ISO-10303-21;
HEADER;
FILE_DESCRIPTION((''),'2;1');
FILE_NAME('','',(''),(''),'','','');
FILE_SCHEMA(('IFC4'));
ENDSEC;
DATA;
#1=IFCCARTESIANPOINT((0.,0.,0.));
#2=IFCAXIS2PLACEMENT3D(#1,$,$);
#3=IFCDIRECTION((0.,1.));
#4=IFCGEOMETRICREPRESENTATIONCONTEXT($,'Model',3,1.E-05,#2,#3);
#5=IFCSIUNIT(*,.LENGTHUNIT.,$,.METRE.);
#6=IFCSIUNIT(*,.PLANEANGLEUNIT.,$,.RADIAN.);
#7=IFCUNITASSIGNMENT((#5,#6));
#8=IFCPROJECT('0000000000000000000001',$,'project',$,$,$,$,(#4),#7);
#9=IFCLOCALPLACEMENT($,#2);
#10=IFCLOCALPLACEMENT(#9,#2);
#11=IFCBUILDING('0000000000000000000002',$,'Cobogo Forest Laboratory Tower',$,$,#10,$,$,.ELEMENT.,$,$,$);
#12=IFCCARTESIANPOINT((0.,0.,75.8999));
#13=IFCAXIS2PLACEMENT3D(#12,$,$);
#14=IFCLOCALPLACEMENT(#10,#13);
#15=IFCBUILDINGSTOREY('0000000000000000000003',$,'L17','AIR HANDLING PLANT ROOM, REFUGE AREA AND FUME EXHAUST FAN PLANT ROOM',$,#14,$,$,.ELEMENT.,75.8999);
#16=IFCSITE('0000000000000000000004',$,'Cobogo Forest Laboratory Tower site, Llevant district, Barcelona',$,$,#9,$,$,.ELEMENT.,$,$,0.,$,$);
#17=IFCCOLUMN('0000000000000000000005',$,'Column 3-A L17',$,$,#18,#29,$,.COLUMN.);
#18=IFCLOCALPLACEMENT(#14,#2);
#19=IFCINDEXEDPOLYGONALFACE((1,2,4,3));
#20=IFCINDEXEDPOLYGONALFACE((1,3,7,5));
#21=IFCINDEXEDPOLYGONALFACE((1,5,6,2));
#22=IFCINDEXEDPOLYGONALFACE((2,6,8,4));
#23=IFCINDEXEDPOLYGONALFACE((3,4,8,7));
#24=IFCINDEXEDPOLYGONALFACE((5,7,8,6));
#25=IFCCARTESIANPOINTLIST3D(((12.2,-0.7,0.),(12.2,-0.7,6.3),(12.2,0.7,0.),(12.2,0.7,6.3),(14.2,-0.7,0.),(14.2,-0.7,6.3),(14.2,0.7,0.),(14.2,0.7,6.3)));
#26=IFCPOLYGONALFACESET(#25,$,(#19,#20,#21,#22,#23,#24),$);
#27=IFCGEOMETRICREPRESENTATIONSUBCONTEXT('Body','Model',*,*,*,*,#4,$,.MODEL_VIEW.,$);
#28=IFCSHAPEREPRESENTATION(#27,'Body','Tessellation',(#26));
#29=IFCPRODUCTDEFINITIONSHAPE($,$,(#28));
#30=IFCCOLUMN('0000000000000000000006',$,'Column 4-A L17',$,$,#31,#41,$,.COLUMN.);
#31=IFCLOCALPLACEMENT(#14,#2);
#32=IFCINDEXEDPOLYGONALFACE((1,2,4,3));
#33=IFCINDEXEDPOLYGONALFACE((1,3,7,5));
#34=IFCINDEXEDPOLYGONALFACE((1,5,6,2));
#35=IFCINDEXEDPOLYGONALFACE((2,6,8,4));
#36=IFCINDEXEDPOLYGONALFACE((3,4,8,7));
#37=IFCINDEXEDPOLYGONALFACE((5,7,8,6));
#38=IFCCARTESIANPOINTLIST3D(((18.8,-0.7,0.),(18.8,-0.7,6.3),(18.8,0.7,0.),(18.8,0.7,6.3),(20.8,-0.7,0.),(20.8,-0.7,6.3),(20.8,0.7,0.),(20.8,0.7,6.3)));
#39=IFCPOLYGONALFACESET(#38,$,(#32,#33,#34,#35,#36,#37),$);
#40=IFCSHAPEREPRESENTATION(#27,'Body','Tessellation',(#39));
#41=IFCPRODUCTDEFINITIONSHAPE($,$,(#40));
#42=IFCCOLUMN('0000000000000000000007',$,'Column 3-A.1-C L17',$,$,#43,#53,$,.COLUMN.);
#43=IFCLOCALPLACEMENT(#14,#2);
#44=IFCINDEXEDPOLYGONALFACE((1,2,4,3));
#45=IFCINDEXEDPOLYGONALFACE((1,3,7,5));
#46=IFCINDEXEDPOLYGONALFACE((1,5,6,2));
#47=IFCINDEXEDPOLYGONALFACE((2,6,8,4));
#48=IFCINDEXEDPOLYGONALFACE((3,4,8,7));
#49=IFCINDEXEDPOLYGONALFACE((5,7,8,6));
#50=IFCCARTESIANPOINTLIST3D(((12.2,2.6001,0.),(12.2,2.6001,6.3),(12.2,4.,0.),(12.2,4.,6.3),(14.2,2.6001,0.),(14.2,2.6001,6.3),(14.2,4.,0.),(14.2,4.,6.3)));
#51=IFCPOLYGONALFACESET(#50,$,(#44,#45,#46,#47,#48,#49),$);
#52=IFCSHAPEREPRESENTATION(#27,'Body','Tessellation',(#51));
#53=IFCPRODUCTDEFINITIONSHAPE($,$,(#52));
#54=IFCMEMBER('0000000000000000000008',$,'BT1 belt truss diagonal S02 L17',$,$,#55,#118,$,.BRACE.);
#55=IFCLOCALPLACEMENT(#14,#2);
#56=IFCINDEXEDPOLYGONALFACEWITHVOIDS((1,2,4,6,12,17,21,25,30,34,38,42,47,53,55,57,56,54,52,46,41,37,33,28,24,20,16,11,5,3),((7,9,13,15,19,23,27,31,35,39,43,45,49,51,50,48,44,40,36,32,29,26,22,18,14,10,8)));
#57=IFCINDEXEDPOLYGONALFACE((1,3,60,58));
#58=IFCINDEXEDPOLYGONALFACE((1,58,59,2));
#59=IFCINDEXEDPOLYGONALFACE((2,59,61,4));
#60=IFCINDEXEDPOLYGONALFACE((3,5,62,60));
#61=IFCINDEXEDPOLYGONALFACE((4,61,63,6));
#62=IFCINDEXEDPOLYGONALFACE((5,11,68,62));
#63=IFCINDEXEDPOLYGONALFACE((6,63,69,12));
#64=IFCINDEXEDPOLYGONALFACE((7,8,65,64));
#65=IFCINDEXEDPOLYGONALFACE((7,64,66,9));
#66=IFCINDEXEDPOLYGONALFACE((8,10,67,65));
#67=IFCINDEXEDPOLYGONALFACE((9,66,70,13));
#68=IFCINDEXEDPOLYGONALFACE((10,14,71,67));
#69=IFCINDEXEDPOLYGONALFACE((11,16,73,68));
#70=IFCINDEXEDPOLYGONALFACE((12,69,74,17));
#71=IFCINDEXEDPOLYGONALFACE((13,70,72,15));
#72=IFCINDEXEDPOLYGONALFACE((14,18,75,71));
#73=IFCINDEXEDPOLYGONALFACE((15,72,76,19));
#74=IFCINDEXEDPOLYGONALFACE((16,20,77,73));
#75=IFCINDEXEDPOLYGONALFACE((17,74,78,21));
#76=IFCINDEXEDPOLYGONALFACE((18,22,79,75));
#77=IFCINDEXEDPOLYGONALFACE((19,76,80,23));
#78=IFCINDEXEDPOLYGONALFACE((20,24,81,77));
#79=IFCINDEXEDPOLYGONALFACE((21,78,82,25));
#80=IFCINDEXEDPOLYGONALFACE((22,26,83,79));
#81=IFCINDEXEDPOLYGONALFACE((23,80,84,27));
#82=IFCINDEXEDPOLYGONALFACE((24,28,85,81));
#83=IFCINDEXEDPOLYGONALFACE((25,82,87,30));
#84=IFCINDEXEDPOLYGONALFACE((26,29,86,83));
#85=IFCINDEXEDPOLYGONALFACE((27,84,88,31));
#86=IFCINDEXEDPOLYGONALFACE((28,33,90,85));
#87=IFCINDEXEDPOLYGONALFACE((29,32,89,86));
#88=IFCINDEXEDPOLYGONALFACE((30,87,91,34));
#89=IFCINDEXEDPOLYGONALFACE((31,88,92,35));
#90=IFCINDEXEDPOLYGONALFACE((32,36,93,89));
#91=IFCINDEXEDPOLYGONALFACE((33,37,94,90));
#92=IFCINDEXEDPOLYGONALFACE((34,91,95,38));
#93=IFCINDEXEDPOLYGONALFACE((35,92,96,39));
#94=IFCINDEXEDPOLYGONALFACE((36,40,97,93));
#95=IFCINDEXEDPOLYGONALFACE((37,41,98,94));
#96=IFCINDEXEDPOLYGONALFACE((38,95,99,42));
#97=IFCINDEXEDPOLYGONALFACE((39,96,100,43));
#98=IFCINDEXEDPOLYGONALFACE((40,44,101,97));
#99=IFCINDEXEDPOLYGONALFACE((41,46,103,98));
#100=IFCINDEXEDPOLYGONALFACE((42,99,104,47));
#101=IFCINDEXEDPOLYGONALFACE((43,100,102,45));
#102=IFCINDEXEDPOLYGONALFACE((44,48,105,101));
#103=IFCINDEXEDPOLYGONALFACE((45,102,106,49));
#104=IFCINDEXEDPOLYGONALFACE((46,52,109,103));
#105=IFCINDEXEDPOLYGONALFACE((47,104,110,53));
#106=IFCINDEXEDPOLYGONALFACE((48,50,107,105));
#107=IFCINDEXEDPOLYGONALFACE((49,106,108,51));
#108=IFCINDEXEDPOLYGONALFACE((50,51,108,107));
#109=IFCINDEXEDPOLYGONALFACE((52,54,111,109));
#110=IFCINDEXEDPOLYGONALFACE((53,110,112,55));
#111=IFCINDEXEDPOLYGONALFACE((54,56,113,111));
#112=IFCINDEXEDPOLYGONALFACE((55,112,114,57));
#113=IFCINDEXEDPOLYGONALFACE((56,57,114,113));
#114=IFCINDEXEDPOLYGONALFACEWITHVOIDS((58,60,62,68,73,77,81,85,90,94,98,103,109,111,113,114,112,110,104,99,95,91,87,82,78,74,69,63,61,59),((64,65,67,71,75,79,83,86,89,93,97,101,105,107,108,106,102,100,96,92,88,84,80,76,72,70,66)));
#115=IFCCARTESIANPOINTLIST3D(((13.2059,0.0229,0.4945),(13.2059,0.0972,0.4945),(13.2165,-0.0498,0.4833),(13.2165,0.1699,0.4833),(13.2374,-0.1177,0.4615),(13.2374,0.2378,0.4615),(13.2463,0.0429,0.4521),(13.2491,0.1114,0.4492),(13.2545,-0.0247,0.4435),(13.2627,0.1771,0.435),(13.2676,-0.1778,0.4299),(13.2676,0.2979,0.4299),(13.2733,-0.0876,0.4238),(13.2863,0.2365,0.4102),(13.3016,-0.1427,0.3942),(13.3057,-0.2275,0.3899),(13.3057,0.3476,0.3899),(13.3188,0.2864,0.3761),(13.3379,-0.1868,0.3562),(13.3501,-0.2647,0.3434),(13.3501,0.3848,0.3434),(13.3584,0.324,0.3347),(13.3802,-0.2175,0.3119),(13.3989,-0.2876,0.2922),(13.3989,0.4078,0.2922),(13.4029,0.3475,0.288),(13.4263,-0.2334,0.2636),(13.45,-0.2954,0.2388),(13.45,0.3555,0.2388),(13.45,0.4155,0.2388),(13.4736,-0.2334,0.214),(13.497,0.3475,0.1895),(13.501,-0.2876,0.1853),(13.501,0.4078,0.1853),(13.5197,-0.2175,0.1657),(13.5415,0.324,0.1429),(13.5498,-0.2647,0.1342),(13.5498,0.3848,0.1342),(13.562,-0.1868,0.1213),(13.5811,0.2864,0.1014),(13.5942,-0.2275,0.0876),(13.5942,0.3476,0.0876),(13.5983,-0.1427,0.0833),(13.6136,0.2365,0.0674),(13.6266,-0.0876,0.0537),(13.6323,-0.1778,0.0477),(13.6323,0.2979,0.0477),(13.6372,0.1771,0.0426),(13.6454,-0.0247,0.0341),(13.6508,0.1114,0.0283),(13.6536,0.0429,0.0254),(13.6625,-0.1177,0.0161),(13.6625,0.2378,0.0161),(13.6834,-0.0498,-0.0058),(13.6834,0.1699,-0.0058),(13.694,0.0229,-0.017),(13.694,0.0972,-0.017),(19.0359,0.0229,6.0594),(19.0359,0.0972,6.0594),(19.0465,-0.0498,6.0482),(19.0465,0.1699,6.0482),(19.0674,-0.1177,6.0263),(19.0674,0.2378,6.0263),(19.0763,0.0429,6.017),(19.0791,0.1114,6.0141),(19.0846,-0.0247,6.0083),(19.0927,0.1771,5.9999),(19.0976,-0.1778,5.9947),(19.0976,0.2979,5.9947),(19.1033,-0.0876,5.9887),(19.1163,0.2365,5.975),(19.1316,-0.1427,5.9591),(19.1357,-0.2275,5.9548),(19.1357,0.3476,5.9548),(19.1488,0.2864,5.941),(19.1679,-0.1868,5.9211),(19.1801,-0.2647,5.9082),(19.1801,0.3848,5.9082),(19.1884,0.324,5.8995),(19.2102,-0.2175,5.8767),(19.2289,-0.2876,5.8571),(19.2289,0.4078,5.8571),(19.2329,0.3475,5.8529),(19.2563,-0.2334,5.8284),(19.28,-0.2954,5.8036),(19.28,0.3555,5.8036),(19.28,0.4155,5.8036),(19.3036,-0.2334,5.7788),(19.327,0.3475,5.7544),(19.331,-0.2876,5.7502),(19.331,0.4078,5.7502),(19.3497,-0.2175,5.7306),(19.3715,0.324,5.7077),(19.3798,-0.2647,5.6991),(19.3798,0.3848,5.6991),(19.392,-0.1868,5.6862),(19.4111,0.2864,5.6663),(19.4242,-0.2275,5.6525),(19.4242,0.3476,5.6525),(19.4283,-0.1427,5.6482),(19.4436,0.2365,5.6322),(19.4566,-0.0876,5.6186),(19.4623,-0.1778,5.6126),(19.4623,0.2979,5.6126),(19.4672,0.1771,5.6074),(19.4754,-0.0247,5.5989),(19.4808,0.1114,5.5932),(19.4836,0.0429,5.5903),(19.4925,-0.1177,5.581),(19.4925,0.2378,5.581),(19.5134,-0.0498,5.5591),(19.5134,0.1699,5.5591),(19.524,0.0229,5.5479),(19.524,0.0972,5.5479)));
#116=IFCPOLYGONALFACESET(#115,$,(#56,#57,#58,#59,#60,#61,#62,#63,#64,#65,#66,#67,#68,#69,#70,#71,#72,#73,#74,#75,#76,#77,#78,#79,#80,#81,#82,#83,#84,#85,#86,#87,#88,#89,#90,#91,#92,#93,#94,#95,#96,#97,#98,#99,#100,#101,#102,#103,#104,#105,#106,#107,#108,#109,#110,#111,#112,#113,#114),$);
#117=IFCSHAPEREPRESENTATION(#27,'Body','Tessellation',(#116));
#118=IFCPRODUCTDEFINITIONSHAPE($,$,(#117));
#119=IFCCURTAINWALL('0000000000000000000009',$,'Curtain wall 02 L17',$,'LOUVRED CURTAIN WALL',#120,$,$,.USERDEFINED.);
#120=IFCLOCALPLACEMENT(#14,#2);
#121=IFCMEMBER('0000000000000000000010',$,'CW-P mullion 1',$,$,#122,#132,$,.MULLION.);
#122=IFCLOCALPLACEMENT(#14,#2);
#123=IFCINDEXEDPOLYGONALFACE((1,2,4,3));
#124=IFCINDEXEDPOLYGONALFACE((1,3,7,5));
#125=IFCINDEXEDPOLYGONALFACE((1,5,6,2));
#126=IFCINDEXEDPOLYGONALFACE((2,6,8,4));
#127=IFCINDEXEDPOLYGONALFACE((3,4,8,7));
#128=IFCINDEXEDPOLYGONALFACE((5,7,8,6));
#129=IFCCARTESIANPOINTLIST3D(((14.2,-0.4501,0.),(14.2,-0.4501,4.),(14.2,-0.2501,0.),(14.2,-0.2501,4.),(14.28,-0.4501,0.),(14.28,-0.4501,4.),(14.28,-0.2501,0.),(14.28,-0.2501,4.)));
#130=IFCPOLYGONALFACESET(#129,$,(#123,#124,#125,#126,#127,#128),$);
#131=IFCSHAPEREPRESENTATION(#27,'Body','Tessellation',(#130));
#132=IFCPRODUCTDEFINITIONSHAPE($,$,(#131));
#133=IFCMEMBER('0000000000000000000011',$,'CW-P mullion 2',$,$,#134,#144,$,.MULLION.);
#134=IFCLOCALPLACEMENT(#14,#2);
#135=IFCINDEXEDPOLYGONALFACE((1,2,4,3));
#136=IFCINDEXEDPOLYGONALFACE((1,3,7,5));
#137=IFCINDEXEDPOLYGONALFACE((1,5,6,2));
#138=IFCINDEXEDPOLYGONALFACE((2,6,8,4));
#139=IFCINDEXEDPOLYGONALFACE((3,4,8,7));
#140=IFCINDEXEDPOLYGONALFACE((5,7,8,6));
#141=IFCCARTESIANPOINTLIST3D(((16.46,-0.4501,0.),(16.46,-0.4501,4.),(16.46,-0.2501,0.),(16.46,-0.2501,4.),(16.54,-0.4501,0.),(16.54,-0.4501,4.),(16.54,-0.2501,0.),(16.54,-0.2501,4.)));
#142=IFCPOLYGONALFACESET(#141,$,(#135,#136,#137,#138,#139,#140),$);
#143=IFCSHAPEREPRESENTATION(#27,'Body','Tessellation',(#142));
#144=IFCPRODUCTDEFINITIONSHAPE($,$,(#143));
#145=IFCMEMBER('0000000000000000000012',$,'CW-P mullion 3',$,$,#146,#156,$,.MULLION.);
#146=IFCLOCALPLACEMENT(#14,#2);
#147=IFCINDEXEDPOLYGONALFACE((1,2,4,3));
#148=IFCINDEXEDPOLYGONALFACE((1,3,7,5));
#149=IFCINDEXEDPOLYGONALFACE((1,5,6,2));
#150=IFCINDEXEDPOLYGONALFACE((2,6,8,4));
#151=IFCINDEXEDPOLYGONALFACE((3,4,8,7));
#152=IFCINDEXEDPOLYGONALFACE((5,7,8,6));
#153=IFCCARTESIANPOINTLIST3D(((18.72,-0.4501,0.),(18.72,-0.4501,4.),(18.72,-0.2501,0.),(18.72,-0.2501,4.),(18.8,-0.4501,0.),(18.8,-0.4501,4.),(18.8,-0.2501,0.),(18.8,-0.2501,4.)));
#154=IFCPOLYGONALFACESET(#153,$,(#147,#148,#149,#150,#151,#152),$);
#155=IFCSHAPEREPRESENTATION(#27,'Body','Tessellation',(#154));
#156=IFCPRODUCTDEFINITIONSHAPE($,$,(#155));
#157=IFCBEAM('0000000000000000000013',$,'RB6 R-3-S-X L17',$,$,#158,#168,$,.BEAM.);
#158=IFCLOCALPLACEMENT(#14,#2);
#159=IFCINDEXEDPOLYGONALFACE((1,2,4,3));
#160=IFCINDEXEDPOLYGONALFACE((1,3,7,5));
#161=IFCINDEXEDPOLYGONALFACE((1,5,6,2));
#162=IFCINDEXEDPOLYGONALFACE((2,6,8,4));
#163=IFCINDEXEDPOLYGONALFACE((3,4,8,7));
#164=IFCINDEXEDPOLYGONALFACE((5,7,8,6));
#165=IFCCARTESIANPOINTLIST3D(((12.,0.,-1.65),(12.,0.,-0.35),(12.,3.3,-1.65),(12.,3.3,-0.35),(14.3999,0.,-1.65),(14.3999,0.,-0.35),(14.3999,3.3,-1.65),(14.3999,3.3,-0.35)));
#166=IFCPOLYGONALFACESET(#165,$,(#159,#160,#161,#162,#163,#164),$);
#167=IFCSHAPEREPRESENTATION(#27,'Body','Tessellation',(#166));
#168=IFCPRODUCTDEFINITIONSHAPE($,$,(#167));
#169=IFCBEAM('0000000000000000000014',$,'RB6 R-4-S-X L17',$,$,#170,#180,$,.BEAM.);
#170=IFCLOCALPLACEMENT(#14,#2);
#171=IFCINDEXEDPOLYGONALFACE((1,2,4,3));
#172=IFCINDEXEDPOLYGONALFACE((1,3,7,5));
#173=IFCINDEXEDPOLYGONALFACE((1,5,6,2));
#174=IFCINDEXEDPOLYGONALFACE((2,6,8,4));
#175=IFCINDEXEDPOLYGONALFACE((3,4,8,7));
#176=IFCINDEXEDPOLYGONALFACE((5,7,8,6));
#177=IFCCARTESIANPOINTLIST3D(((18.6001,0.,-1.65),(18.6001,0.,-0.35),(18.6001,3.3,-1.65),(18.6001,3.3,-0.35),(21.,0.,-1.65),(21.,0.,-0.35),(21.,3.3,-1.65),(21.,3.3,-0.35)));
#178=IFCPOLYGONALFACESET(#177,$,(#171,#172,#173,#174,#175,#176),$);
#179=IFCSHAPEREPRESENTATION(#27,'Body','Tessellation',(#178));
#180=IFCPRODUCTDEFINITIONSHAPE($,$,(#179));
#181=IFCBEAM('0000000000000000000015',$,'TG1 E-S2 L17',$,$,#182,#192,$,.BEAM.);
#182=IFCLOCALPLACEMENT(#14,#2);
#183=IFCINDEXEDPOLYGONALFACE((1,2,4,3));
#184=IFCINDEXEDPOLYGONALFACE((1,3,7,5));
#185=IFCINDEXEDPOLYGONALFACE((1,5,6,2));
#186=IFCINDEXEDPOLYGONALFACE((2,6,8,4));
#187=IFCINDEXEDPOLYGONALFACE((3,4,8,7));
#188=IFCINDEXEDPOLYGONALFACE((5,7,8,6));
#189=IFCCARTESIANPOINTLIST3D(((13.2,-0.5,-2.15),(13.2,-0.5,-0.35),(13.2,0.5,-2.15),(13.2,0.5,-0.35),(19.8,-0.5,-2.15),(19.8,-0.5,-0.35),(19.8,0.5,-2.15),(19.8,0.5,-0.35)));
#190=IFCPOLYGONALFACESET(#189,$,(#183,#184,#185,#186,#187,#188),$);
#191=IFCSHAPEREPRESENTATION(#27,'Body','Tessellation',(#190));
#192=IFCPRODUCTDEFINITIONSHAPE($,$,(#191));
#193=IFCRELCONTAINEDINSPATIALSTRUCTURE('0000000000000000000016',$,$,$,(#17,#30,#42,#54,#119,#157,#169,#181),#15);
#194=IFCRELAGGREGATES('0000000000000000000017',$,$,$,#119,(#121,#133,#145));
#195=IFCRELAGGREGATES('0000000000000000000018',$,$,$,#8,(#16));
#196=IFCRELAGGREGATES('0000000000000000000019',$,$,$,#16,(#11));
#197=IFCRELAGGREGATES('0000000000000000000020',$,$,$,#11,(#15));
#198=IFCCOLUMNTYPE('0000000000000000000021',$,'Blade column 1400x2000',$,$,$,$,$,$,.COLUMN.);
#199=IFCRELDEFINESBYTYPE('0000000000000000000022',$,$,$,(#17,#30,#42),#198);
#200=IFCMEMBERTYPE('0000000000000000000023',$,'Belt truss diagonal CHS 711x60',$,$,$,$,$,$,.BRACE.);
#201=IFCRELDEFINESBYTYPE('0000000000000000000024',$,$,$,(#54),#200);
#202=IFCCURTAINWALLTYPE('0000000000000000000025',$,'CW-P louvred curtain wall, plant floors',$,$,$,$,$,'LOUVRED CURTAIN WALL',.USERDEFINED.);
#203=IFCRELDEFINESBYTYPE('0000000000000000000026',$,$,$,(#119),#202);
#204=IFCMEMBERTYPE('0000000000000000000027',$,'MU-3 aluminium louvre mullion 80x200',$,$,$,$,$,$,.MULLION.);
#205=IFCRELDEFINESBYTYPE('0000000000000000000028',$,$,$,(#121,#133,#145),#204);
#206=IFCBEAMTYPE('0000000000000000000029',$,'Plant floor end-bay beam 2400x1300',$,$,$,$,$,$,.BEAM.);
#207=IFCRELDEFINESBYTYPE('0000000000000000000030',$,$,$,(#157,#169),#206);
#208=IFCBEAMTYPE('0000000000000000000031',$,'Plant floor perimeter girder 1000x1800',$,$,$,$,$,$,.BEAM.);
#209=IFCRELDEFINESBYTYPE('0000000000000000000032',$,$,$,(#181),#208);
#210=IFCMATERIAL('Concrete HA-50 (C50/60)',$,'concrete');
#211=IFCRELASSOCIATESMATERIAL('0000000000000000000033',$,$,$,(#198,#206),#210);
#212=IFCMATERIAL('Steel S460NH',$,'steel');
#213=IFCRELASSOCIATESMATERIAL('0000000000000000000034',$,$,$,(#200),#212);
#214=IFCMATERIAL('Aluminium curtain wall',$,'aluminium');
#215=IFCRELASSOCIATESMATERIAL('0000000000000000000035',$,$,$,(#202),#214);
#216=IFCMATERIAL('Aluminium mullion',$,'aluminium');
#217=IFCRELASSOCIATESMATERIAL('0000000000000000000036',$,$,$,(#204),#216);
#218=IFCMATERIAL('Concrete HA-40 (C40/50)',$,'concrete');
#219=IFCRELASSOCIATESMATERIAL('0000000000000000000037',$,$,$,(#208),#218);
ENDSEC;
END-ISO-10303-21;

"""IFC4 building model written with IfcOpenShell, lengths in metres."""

from ifc_helpers import new_model, si_unit, direction, frame, origin, origin_2d, place, context, subcontext, project, spatial, rectangle, hollow_circle, extrude, material, material_profile, profile_set, type_object, element, aggregate, save


model = new_model("IFC4")

# Units and contexts
model_context = context("Model", 3, precision=1e-05, world=origin(), true_north=direction((0.0, 1.0)))
body_context = subcontext(model_context, "Body", "Model", "MODEL_VIEW")
ifc_project = project(units=[si_unit("LENGTHUNIT", "METRE"), si_unit("PLANEANGLEUNIT", "RADIAN")], contexts=[model_context])

# Site, building, storey
site_placement = place(None, origin())
site = spatial("IfcSite", under=ifc_project, at=site_placement, Name="Cobogo Forest Laboratory Tower site, Llevant district, Barcelona", CompositionType="ELEMENT", RefElevation=0.0)
building_placement = place(site_placement, origin())
building = spatial("IfcBuilding", under=site, at=building_placement, Name="Cobogo Forest Laboratory Tower", CompositionType="ELEMENT")
storey_placement = place(building_placement, frame((0.0, 0.0, 75.8999)))
storey = spatial("IfcBuildingStorey", under=building, at=storey_placement, Name="L17", Description="AIR HANDLING PLANT ROOM, REFUGE AREA AND FUME EXHAUST FAN PLANT ROOM", CompositionType="ELEMENT", Elevation=75.8999)

# Columns
ifc_material_1 = material(Name="Concrete HA-50 (C50/60)", Category="concrete")
ifc_material_profile_1 = material_profile(ifc_material_1, rectangle(XDim=2.0, YDim=1.3999, at=origin_2d()), Name="RC 1400x2000")
ifc_profile_set_1 = profile_set([ifc_material_profile_1], Name="Concrete HA-50 (C50/60)")
column_type = type_object("IfcColumnType", Name="Blade column 1400x2000", PredefinedType="COLUMN", material=ifc_profile_set_1)
for number, where, z_axis, x_axis, name in (
    (1, (13.2, 0.0, 0.0), (0.0, 0.0, 1.0), (1.0, 0.0, 0.0), "Column 3-A L17"),
    (2, (19.8, 0.0, 0.0), (0.0, 0.0, 1.0), (1.0, 0.0, 0.0), "Column 4-A L17"),
    (3, (13.2, 3.3, 0.0), (0.0, 0.0, 1.0), (1.0, 0.0, 0.0), "Column 3-A.1-C L17"),
):
    element("IfcColumn", number, at=place(storey_placement, frame(where, z_axis=z_axis, x_axis=x_axis)), inside=storey, type_object=column_type, Name=name, PredefinedType="COLUMN", context=body_context, shape_type="SweptSolid", body=[
        extrude(rectangle(XDim=2.0, YDim=1.3999, at=origin_2d()), origin(), (0.0, 0.0, 1.0), 6.3),
    ])

# Member
ifc_material_2 = material(Name="Steel S460NH", Category="steel")
ifc_material_profile_2 = material_profile(ifc_material_2, hollow_circle(Radius=0.3555, WallThickness=0.0601, at=origin_2d()), Name="CHS 711x60")
ifc_profile_set_2 = profile_set([ifc_material_profile_2], Name="Steel S460NH")
member_type_1 = type_object("IfcMemberType", Name="Belt truss diagonal CHS 711x60", PredefinedType="BRACE", material=ifc_profile_set_2)
member_1_placement = place(storey_placement, frame((13.45, 0.0601, 0.2388), z_axis=(0.723364, 0.0, 0.690467), x_axis=(0.0, 1.0, 0.0)))
element("IfcMember", 4, at=member_1_placement, inside=storey, type_object=member_type_1, Name="BT1 belt truss diagonal S02 L17", PredefinedType="BRACE", context=body_context, shape_type="SweptSolid", body=[
    extrude(hollow_circle(Radius=0.3555, WallThickness=0.0601, at=origin_2d()), origin(), (0.0, 0.0, 1.0), 8.0596),
])

# Curtain wall, members
ifc_material_3 = material(Name="Aluminium curtain wall", Category="aluminium")
curtain_wall_type = type_object("IfcCurtainWallType", Name="CW-P louvred curtain wall, plant floors", ElementType="LOUVRED CURTAIN WALL", PredefinedType="USERDEFINED", material=ifc_material_3)
curtain_wall_placement = place(storey_placement, origin())
curtain_wall = element("IfcCurtainWall", 5, at=curtain_wall_placement, inside=storey, type_object=curtain_wall_type, Name="Curtain wall 02 L17", ObjectType="LOUVRED CURTAIN WALL", PredefinedType="USERDEFINED")
ifc_material_4 = material(Name="Aluminium mullion", Category="aluminium")
ifc_material_profile_3 = material_profile(ifc_material_4, rectangle(XDim=0.0801, YDim=0.2, at=origin_2d()), Name="AL 80x200")
ifc_profile_set_3 = profile_set([ifc_material_profile_3], Name="Aluminium mullion")
member_type_2 = type_object("IfcMemberType", Name="MU-3 aluminium louvre mullion 80x200", PredefinedType="MULLION", material=ifc_profile_set_3)
member_2_placement = place(storey_placement, frame((14.24, -0.3501, 0.0), z_axis=(0.0, 0.0, 1.0), x_axis=(1.0, 0.0, 0.0)))
member_2 = element("IfcMember", 6, at=member_2_placement, type_object=member_type_2, Name="CW-P mullion 1", PredefinedType="MULLION", context=body_context, shape_type="SweptSolid", body=[
    extrude(rectangle(XDim=0.0801, YDim=0.2, at=origin_2d()), origin(), (0.0, 0.0, 1.0), 4.0),
])
member_3_placement = place(storey_placement, frame((16.5, -0.3501, 0.0), z_axis=(0.0, 0.0, 1.0), x_axis=(1.0, 0.0, 0.0)))
member_3 = element("IfcMember", 7, at=member_3_placement, type_object=member_type_2, Name="CW-P mullion 2", PredefinedType="MULLION", context=body_context, shape_type="SweptSolid", body=[
    extrude(rectangle(XDim=0.0801, YDim=0.2, at=origin_2d()), origin(), (0.0, 0.0, 1.0), 4.0),
])
member_4_placement = place(storey_placement, frame((18.76, -0.3501, 0.0), z_axis=(0.0, 0.0, 1.0), x_axis=(1.0, 0.0, 0.0)))
member_4 = element("IfcMember", 8, at=member_4_placement, type_object=member_type_2, Name="CW-P mullion 3", PredefinedType="MULLION", context=body_context, shape_type="SweptSolid", body=[
    extrude(rectangle(XDim=0.0801, YDim=0.2, at=origin_2d()), origin(), (0.0, 0.0, 1.0), 4.0),
])

# Beams
ifc_material_profile_4 = material_profile(ifc_material_1, rectangle(XDim=2.3999, YDim=1.3, at=origin_2d()), Name="RC 2400x1300")
ifc_profile_set_4 = profile_set([ifc_material_profile_4], Name="Concrete HA-50 (C50/60)")
beam_type_1 = type_object("IfcBeamType", Name="Plant floor end-bay beam 2400x1300", PredefinedType="BEAM", material=ifc_profile_set_4)
for number, where, z_axis, x_axis, name in (
    (9, (13.2, 0.0, -1.0), (0.0, 1.0, 0.0), (-1.0, 0.0, 0.0), "RB6 R-3-S-X L17"),
    (10, (19.8, 0.0, -1.0), (0.0, 1.0, 0.0), (-1.0, 0.0, 0.0), "RB6 R-4-S-X L17"),
):
    element("IfcBeam", number, at=place(storey_placement, frame(where, z_axis=z_axis, x_axis=x_axis)), inside=storey, type_object=beam_type_1, Name=name, PredefinedType="BEAM", context=body_context, shape_type="SweptSolid", body=[
        extrude(rectangle(XDim=2.3999, YDim=1.3, at=origin_2d()), origin(), (0.0, 0.0, 1.0), 3.3),
    ])
ifc_material_5 = material(Name="Concrete HA-40 (C40/50)", Category="concrete")
ifc_material_profile_5 = material_profile(ifc_material_5, rectangle(XDim=1.0, YDim=1.8, at=origin_2d()), Name="RC 1000x1800")
ifc_profile_set_5 = profile_set([ifc_material_profile_5], Name="Concrete HA-40 (C40/50)")
beam_type_2 = type_object("IfcBeamType", Name="Plant floor perimeter girder 1000x1800", PredefinedType="BEAM", material=ifc_profile_set_5)
beam_1_placement = place(storey_placement, frame((13.2, 0.0, -1.25), z_axis=(1.0, 0.0, 0.0), x_axis=(0.0, 1.0, 0.0)))
element("IfcBeam", 11, at=beam_1_placement, inside=storey, type_object=beam_type_2, Name="TG1 E-S2 L17", PredefinedType="BEAM", context=body_context, shape_type="SweptSolid", body=[
    extrude(rectangle(XDim=1.0, YDim=1.8, at=origin_2d()), origin(), (0.0, 0.0, 1.0), 6.6001),
])

aggregate(curtain_wall, [member_2, member_3, member_4])

save(model, "model.ifc")
